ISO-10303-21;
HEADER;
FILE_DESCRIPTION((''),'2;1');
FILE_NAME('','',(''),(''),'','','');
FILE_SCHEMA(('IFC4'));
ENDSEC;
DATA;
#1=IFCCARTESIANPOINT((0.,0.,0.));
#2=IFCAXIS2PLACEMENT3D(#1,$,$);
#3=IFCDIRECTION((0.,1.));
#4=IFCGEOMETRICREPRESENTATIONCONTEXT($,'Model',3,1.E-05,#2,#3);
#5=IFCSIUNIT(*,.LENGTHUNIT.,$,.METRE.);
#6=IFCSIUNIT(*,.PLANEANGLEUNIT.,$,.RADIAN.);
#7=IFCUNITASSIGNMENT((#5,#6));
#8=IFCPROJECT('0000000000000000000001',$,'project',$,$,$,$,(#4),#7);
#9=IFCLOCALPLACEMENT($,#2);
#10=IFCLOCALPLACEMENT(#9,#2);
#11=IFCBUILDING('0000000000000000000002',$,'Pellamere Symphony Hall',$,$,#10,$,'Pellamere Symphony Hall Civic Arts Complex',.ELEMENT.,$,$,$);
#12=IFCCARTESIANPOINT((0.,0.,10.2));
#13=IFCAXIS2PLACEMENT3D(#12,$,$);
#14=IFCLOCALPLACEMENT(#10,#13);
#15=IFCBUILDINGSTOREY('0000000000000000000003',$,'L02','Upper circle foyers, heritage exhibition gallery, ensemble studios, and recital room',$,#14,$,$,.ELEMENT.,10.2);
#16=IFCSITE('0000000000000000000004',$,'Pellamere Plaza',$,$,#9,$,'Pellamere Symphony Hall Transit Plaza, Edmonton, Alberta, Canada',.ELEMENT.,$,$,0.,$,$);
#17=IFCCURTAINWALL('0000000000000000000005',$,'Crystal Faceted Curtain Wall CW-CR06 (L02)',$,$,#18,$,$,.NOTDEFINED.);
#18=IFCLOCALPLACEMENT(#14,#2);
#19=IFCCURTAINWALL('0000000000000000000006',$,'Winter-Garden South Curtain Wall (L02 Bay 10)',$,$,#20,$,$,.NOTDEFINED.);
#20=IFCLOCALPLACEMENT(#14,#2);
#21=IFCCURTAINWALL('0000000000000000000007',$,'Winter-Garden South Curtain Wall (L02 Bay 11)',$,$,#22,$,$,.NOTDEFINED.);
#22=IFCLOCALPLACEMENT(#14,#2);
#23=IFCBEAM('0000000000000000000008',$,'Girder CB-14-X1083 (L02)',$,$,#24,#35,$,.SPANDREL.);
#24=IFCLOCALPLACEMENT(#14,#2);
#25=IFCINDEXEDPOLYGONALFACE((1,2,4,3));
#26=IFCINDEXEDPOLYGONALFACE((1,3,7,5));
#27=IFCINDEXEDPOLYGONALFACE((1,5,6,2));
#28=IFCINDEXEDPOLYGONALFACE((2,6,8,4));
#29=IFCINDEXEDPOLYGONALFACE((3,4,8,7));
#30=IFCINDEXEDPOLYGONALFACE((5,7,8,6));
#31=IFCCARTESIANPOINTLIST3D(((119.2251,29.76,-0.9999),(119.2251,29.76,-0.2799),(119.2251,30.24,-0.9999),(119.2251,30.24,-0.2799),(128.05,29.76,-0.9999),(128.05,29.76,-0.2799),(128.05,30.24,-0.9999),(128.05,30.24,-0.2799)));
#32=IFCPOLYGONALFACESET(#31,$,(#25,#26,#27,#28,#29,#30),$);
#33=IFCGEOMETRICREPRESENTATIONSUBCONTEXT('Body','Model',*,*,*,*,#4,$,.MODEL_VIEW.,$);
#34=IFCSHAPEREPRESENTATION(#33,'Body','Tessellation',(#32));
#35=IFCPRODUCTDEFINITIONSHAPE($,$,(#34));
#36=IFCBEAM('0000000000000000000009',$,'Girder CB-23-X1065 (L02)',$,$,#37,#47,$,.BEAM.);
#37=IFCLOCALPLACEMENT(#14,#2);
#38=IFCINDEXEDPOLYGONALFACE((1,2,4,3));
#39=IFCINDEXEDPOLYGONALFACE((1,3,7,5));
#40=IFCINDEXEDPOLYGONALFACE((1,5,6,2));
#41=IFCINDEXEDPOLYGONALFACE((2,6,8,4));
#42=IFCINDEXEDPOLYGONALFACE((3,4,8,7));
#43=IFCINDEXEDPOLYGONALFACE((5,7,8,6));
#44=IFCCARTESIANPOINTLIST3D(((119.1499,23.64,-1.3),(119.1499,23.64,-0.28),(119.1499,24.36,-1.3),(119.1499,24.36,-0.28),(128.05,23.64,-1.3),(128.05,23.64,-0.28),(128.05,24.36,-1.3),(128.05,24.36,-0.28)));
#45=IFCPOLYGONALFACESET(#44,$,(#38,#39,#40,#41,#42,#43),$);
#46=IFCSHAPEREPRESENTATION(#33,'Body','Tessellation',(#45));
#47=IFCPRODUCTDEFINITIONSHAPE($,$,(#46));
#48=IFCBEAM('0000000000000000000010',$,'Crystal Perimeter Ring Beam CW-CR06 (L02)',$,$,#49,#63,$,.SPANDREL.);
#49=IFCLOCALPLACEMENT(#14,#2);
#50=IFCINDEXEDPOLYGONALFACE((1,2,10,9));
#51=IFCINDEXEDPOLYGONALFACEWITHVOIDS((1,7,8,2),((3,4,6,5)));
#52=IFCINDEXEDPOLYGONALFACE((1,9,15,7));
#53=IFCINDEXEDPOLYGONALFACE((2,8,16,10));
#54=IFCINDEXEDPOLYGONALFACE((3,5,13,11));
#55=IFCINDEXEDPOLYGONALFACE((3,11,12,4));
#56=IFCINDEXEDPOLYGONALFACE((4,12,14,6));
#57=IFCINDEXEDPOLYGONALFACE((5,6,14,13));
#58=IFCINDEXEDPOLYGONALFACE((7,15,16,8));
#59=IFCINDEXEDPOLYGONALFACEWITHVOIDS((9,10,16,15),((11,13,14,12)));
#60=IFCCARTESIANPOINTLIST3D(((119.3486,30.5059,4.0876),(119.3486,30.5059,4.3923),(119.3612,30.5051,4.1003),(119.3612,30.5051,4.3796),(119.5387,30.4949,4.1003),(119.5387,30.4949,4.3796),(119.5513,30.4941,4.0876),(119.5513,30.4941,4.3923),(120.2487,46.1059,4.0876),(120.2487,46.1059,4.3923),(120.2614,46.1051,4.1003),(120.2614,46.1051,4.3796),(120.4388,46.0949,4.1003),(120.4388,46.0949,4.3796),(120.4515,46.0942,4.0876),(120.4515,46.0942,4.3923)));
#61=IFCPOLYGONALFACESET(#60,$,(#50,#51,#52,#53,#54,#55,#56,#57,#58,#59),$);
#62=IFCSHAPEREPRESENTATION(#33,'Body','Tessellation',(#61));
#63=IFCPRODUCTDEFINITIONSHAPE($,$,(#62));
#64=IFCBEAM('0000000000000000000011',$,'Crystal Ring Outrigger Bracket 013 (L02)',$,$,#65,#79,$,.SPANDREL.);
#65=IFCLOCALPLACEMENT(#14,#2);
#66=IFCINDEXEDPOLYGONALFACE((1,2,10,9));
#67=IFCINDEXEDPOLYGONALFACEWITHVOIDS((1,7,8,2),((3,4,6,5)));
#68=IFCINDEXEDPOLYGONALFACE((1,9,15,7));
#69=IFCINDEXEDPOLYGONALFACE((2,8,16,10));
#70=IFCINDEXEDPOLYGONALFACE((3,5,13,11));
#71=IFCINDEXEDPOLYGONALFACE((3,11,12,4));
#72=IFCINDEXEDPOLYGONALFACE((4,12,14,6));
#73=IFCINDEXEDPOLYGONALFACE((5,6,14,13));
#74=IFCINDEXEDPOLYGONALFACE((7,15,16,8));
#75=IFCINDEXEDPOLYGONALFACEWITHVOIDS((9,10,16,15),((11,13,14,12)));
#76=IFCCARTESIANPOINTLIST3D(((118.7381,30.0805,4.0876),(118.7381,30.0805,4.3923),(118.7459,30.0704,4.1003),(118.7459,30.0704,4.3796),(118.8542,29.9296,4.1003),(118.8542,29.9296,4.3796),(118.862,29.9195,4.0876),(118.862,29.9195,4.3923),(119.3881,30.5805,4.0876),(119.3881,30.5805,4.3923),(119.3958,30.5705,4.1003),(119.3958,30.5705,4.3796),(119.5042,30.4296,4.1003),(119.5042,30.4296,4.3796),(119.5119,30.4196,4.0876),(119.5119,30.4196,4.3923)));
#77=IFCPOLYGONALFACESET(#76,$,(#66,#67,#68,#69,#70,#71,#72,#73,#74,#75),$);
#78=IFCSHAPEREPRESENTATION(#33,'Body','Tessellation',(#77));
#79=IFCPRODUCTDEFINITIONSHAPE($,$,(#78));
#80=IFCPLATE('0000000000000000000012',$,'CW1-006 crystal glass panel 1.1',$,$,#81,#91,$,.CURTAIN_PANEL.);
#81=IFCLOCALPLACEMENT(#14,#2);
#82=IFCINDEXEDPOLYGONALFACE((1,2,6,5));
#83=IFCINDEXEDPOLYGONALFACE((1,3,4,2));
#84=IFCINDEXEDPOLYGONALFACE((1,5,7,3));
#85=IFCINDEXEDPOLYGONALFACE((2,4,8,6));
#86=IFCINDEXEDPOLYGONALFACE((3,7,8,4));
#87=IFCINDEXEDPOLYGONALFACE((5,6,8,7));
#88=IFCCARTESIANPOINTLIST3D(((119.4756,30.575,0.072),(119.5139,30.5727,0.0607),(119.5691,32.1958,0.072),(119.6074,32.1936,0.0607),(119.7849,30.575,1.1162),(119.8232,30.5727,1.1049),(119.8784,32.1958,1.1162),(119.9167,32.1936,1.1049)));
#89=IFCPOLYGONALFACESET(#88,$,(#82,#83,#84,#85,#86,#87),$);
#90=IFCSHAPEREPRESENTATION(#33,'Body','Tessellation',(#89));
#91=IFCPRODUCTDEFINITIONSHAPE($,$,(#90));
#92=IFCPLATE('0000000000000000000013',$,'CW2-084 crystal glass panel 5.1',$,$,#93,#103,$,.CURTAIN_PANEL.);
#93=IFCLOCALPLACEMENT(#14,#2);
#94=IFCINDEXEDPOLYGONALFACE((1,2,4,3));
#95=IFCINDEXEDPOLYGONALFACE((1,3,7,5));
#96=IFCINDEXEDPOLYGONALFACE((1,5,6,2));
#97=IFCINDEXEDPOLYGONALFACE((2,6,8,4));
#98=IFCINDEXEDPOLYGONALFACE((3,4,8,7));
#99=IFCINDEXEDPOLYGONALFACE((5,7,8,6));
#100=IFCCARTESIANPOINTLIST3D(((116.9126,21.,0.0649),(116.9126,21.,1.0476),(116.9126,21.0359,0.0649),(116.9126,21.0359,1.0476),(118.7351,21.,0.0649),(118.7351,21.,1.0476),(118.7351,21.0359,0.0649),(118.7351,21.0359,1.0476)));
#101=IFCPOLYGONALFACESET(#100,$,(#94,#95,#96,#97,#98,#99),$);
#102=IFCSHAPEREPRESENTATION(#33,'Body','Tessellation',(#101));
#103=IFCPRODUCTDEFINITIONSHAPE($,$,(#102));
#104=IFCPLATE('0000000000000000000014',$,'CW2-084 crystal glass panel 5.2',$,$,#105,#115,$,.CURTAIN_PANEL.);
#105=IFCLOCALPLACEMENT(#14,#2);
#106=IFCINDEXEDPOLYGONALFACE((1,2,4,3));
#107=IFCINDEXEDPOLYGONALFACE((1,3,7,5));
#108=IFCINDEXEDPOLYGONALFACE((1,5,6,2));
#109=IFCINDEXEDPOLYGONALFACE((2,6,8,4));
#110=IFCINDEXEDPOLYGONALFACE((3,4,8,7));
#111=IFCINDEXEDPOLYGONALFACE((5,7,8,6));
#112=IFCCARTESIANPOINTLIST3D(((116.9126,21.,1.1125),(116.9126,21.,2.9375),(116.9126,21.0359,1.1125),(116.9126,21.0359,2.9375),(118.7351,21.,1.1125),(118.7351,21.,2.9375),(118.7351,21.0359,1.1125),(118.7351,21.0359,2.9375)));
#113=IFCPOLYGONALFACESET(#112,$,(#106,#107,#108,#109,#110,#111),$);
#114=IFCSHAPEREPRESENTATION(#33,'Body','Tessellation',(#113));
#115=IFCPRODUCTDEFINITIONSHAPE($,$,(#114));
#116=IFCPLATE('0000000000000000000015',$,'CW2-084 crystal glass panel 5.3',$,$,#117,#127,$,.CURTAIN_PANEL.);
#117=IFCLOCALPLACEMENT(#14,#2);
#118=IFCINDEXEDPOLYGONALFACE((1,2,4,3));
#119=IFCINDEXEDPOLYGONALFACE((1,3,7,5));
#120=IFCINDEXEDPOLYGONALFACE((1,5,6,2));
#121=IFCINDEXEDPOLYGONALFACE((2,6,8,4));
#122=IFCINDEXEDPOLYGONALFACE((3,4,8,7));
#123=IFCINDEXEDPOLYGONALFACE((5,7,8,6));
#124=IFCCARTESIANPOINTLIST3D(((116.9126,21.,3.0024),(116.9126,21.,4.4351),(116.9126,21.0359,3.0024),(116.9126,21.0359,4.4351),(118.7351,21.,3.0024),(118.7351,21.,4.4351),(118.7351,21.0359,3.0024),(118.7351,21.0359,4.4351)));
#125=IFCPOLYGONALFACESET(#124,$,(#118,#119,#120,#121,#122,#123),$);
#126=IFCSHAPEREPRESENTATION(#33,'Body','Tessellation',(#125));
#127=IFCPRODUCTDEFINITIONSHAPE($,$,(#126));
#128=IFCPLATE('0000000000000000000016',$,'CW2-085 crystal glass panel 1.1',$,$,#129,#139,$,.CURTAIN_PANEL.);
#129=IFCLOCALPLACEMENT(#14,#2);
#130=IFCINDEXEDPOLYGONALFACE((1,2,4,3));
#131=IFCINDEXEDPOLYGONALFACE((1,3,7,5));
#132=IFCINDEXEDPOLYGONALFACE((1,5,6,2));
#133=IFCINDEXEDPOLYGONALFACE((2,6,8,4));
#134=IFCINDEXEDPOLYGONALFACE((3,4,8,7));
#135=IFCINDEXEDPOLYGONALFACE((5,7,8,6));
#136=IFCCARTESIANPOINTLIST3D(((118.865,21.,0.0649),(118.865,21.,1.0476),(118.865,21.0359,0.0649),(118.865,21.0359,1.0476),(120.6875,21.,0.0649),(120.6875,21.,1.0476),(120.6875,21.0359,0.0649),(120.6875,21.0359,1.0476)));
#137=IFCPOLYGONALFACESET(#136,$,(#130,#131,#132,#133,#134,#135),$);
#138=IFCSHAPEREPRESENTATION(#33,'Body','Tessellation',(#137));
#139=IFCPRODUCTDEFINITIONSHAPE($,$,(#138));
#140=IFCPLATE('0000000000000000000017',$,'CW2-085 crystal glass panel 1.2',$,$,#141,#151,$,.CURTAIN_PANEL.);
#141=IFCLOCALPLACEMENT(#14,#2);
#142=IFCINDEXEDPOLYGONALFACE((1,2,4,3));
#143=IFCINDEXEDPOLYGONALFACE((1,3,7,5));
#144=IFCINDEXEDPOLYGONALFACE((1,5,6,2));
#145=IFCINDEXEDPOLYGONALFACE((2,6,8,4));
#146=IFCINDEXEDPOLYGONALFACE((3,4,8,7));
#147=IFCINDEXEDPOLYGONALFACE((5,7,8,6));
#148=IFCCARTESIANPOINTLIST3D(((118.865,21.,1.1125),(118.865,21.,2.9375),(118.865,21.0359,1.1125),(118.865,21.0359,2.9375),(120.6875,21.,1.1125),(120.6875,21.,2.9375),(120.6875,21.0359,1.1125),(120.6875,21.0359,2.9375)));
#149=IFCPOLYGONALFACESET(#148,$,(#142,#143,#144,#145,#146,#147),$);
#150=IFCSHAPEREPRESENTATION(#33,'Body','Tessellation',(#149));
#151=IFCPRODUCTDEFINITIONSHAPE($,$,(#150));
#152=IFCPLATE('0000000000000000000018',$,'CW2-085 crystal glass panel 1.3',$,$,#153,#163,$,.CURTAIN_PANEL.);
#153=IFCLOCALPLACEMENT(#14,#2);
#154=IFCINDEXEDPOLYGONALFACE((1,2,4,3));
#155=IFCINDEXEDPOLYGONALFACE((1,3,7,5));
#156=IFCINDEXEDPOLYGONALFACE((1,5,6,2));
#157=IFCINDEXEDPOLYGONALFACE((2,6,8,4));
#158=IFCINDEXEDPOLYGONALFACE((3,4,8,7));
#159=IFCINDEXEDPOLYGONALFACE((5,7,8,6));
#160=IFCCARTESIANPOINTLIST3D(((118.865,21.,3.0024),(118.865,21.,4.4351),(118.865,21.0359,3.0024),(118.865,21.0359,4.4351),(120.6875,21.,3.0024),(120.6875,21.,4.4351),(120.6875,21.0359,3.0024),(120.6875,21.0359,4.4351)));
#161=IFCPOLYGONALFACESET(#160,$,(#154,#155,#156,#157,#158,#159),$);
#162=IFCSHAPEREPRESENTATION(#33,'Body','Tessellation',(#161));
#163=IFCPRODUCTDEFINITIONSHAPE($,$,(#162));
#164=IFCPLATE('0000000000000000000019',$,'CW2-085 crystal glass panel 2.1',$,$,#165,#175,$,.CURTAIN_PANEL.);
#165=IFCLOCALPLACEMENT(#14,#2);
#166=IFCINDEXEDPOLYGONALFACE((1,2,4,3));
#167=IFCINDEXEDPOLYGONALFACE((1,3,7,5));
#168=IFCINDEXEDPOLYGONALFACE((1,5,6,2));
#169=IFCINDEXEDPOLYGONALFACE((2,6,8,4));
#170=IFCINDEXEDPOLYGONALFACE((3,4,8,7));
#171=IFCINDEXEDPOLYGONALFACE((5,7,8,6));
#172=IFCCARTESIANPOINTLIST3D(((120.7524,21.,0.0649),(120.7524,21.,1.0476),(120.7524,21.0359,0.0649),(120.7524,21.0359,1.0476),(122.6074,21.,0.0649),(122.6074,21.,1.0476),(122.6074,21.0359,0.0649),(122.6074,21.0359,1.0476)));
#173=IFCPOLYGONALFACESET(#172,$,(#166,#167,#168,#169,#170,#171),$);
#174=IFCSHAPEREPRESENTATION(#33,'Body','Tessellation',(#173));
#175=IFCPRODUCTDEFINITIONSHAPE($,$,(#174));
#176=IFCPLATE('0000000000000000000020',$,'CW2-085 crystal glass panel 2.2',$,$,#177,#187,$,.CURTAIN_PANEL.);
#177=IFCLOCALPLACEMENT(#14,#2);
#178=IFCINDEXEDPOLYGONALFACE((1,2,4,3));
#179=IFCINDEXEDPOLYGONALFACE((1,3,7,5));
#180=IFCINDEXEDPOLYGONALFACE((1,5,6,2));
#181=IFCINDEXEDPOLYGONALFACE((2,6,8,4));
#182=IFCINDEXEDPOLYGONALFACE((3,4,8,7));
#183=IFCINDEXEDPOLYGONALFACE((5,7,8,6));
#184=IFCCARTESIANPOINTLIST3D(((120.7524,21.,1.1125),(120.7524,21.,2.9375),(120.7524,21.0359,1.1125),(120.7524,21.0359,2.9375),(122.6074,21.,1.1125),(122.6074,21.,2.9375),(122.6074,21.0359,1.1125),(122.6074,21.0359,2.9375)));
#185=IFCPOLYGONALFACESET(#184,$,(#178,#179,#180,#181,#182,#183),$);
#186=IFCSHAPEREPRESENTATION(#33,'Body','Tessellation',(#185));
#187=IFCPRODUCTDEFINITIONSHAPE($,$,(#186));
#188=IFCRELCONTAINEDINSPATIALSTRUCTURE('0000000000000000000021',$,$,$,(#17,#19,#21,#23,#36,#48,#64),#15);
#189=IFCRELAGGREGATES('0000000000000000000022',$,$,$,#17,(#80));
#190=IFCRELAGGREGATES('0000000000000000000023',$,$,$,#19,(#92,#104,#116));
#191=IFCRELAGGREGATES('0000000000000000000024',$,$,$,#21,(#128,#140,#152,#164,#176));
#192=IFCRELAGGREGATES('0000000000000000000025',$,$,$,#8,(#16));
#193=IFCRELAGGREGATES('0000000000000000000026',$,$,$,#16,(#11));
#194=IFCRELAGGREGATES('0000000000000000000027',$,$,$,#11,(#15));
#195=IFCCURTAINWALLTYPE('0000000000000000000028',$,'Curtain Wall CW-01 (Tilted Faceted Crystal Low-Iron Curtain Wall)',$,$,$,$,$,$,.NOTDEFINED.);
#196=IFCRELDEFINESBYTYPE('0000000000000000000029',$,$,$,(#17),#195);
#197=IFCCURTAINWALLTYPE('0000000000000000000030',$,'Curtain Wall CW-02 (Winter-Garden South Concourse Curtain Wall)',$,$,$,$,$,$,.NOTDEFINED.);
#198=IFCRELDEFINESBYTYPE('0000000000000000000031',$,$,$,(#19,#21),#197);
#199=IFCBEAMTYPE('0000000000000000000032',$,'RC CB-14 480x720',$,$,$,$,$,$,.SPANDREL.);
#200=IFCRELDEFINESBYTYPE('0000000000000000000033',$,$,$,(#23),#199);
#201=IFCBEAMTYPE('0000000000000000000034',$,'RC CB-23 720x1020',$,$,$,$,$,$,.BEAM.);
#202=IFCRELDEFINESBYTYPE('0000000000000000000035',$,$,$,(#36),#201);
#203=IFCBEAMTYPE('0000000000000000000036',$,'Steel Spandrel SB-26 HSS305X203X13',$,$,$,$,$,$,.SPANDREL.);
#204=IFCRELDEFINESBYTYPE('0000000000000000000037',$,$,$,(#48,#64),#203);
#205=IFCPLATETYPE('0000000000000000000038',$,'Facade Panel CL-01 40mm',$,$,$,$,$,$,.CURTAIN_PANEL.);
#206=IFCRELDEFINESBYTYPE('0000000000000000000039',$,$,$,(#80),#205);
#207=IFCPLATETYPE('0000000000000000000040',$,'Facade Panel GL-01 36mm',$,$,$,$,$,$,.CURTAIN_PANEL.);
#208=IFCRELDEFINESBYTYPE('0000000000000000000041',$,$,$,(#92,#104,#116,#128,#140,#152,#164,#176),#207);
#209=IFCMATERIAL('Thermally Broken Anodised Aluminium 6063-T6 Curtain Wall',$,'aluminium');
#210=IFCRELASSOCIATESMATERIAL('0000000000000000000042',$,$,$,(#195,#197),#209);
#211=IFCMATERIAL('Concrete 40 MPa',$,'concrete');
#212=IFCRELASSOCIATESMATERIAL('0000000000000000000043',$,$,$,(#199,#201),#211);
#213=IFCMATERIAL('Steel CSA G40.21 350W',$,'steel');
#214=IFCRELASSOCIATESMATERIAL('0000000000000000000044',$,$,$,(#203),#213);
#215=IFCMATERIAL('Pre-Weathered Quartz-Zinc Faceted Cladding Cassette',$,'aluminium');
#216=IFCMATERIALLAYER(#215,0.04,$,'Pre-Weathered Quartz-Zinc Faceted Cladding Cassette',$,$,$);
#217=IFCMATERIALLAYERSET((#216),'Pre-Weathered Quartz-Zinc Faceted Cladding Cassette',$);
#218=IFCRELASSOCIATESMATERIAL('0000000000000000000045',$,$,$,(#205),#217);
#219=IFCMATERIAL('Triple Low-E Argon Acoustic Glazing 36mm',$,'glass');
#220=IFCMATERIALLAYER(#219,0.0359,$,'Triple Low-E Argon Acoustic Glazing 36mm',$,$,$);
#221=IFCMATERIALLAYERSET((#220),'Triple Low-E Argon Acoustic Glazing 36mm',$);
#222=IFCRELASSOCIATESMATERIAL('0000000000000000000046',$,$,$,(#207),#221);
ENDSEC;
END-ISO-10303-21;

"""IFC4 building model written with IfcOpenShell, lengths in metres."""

from ifc_helpers import new_model, si_unit, direction, frame, origin, origin_2d, place, context, subcontext, project, spatial, polyline, rectangle, hollow_rectangle, outline, extrude, material, layer, layer_set, material_profile, profile_set, type_object, element, aggregate, save


model = new_model("IFC4")

# Units and contexts
model_context = context("Model", 3, precision=1e-05, world=origin(), true_north=direction((0.0, 1.0)))
body_context = subcontext(model_context, "Body", "Model", "MODEL_VIEW")
ifc_project = project(units=[si_unit("LENGTHUNIT", "METRE"), si_unit("PLANEANGLEUNIT", "RADIAN")], contexts=[model_context])

# Site, building, storey
site_placement = place(None, origin())
site = spatial("IfcSite", under=ifc_project, at=site_placement, Name="Pellamere Plaza", LongName="Pellamere Symphony Hall Transit Plaza, Edmonton, Alberta, Canada", CompositionType="ELEMENT", RefElevation=0.0)
building_placement = place(site_placement, origin())
building = spatial("IfcBuilding", under=site, at=building_placement, Name="Pellamere Symphony Hall", LongName="Pellamere Symphony Hall Civic Arts Complex", CompositionType="ELEMENT")
storey_placement = place(building_placement, frame((0.0, 0.0, 10.2)))
storey = spatial("IfcBuildingStorey", under=building, at=storey_placement, Name="L02", Description="Upper circle foyers, heritage exhibition gallery, ensemble studios, and recital room", CompositionType="ELEMENT", Elevation=10.2)

# Shared definitions
ifc_material_1 = material(Name="Concrete 40 MPa", Category="concrete")

# Curtain walls
ifc_material_2 = material(Name="Thermally Broken Anodised Aluminium 6063-T6 Curtain Wall", Category="aluminium")
curtain_wall_type_1 = type_object("IfcCurtainWallType", Name="Curtain Wall CW-01 (Tilted Faceted Crystal Low-Iron Curtain Wall)", PredefinedType="NOTDEFINED", material=ifc_material_2)
curtain_wall_1_placement = place(storey_placement, origin())
curtain_wall_1 = element("IfcCurtainWall", 1, at=curtain_wall_1_placement, inside=storey, type_object=curtain_wall_type_1, Name="Crystal Faceted Curtain Wall CW-CR06 (L02)", PredefinedType="NOTDEFINED")
curtain_wall_type_2 = type_object("IfcCurtainWallType", Name="Curtain Wall CW-02 (Winter-Garden South Concourse Curtain Wall)", PredefinedType="NOTDEFINED", material=ifc_material_2)
curtain_wall_2_placement = place(storey_placement, origin())
curtain_wall_2 = element("IfcCurtainWall", 2, at=curtain_wall_2_placement, inside=storey, type_object=curtain_wall_type_2, Name="Winter-Garden South Curtain Wall (L02 Bay 10)", PredefinedType="NOTDEFINED")

# Curtain wall
curtain_wall_3_placement = place(storey_placement, origin())
curtain_wall_3 = element("IfcCurtainWall", 3, at=curtain_wall_3_placement, inside=storey, type_object=curtain_wall_type_2, Name="Winter-Garden South Curtain Wall (L02 Bay 11)", PredefinedType="NOTDEFINED")

# Beams
ifc_material_profile_1 = material_profile(ifc_material_1, rectangle(XDim=0.48, YDim=0.72, at=origin_2d()), Name="RC 480x720")
ifc_profile_set_1 = profile_set([ifc_material_profile_1], Name="Concrete 40 MPa")
beam_type_1 = type_object("IfcBeamType", Name="RC CB-14 480x720", PredefinedType="SPANDREL", material=ifc_profile_set_1)
beam_1_placement = place(storey_placement, frame((119.2251, 30.0, -0.6399), z_axis=(1.0, 0.0, 0.0), x_axis=(0.0, 1.0, 0.0)))
element("IfcBeam", 4, at=beam_1_placement, inside=storey, type_object=beam_type_1, Name="Girder CB-14-X1083 (L02)", PredefinedType="SPANDREL", context=body_context, shape_type="SweptSolid", body=[
    extrude(rectangle(XDim=0.48, YDim=0.72, at=origin_2d()), origin(), (0.0, 0.0, 1.0), 8.825),
])
ifc_material_profile_2 = material_profile(ifc_material_1, rectangle(XDim=0.72, YDim=1.02, at=origin_2d()), Name="RC 720x1020")
ifc_profile_set_2 = profile_set([ifc_material_profile_2], Name="Concrete 40 MPa")
beam_type_2 = type_object("IfcBeamType", Name="RC CB-23 720x1020", PredefinedType="BEAM", material=ifc_profile_set_2)
beam_2_placement = place(storey_placement, frame((119.1499, 24.0, -0.79), z_axis=(1.0, 0.0, 0.0), x_axis=(0.0, 1.0, 0.0)))
element("IfcBeam", 5, at=beam_2_placement, inside=storey, type_object=beam_type_2, Name="Girder CB-23-X1065 (L02)", PredefinedType="BEAM", context=body_context, shape_type="SweptSolid", body=[
    extrude(rectangle(XDim=0.72, YDim=1.02, at=origin_2d()), origin(), (0.0, 0.0, 1.0), 8.9001),
])
ifc_material_3 = material(Name="Steel CSA G40.21 350W", Category="steel")
ifc_material_profile_3 = material_profile(ifc_material_3, hollow_rectangle(XDim=0.2031, YDim=0.3047, WallThickness=0.0127, at=origin_2d()), Name="HSS305X203X13")
ifc_profile_set_3 = profile_set([ifc_material_profile_3], Name="Steel CSA G40.21 350W")
beam_type_3 = type_object("IfcBeamType", Name="Steel Spandrel SB-26 HSS305X203X13", PredefinedType="SPANDREL", material=ifc_profile_set_3)
beam_3_placement = place(storey_placement, frame((119.45, 30.5, 4.24), z_axis=(0.057606, 0.998339, 0.0), x_axis=(-0.998339, 0.057606, 0.0)))
element("IfcBeam", 6, at=beam_3_placement, inside=storey, type_object=beam_type_3, Name="Crystal Perimeter Ring Beam CW-CR06 (L02)", PredefinedType="SPANDREL", context=body_context, shape_type="SweptSolid", body=[
    extrude(hollow_rectangle(XDim=0.2031, YDim=0.3047, WallThickness=0.0127, at=origin_2d()), origin(), (0.0, 0.0, 1.0), 15.626),
])
beam_4_placement = place(storey_placement, frame((118.8, 30.0, 4.24), z_axis=(0.79258, 0.609768, 0.0), x_axis=(-0.609768, 0.79258, 0.0)))
element("IfcBeam", 7, at=beam_4_placement, inside=storey, type_object=beam_type_3, Name="Crystal Ring Outrigger Bracket 013 (L02)", PredefinedType="SPANDREL", context=body_context, shape_type="SweptSolid", body=[
    extrude(hollow_rectangle(XDim=0.2031, YDim=0.3047, WallThickness=0.0127, at=origin_2d()), origin(), (0.0, 0.0, 1.0), 0.8201),
])

# Plates
ifc_material_4 = material(Name="Pre-Weathered Quartz-Zinc Faceted Cladding Cassette", Category="aluminium")
ifc_layer_1 = layer(ifc_material_4, 0.04, Name="Pre-Weathered Quartz-Zinc Faceted Cladding Cassette")
ifc_layer_set_1 = layer_set([ifc_layer_1], Name="Pre-Weathered Quartz-Zinc Faceted Cladding Cassette")
plate_type_1 = type_object("IfcPlateType", Name="Facade Panel CL-01 40mm", PredefinedType="CURTAIN_PANEL", material=ifc_layer_set_1)
plate_1_placement = place(storey_placement, frame((119.4756, 30.575, 0.072), z_axis=(-0.957351, 0.055229, 0.283601), x_axis=(0.057594, 0.99834, 0.0)))
plate_1 = element("IfcPlate", 8, at=plate_1_placement, type_object=plate_type_1, Name="CW1-006 crystal glass panel 1.1", PredefinedType="CURTAIN_PANEL", context=body_context, shape_type="SweptSolid", body=[
    extrude(outline(polyline([(0.0, 0.0), (1.6235, 0.0), (1.6414, -1.0889), (0.0178, -1.0889), (0.0, 0.0)])), origin(), (0.0, 0.0, -1.0), 0.04),
])
aggregate(curtain_wall_1, [plate_1])
ifc_material_5 = material(Name="Triple Low-E Argon Acoustic Glazing 36mm", Category="glass")
ifc_layer_2 = layer(ifc_material_5, 0.0359, Name="Triple Low-E Argon Acoustic Glazing 36mm")
ifc_layer_set_2 = layer_set([ifc_layer_2], Name="Triple Low-E Argon Acoustic Glazing 36mm")
plate_type_2 = type_object("IfcPlateType", Name="Facade Panel GL-01 36mm", PredefinedType="CURTAIN_PANEL", material=ifc_layer_set_2)
plate_2_placement = place(storey_placement, frame((116.9126, 21.0, 0.0649), z_axis=(0.0, -1.0, 0.0), x_axis=(1.0, 0.0, 0.0)))
plate_2 = element("IfcPlate", 9, at=plate_2_placement, type_object=plate_type_2, Name="CW2-084 crystal glass panel 5.1", PredefinedType="CURTAIN_PANEL", context=body_context, shape_type="SweptSolid", body=[
    extrude(outline(polyline([(0.0, 0.0), (1.8225, 0.0), (1.8225, 0.9827), (0.0, 0.9827), (0.0, 0.0)])), origin(), (0.0, 0.0, -1.0), 0.0359),
])
plate_3_placement = place(storey_placement, frame((116.9126, 21.0, 1.1125), z_axis=(0.0, -1.0, 0.0), x_axis=(1.0, 0.0, 0.0)))
plate_3 = element("IfcPlate", 10, at=plate_3_placement, type_object=plate_type_2, Name="CW2-084 crystal glass panel 5.2", PredefinedType="CURTAIN_PANEL", context=body_context, shape_type="SweptSolid", body=[
    extrude(outline(polyline([(0.0, 0.0), (1.8225, 0.0), (1.8225, 1.825), (0.0, 1.825), (0.0, 0.0)])), origin(), (0.0, 0.0, -1.0), 0.0359),
])
plate_4_placement = place(storey_placement, frame((116.9126, 21.0, 3.0024), z_axis=(0.0, -1.0, 0.0), x_axis=(1.0, 0.0, 0.0)))
plate_4 = element("IfcPlate", 11, at=plate_4_placement, type_object=plate_type_2, Name="CW2-084 crystal glass panel 5.3", PredefinedType="CURTAIN_PANEL", context=body_context, shape_type="SweptSolid", body=[
    extrude(outline(polyline([(0.0, 0.0), (1.8225, 0.0), (1.8225, 1.4326), (0.0, 1.4326), (0.0, 0.0)])), origin(), (0.0, 0.0, -1.0), 0.0359),
])
aggregate(curtain_wall_2, [plate_2, plate_3, plate_4])
plate_5_placement = place(storey_placement, frame((118.865, 21.0, 0.0649), z_axis=(0.0, -1.0, 0.0), x_axis=(1.0, 0.0, 0.0)))
plate_5 = element("IfcPlate", 12, at=plate_5_placement, type_object=plate_type_2, Name="CW2-085 crystal glass panel 1.1", PredefinedType="CURTAIN_PANEL", context=body_context, shape_type="SweptSolid", body=[
    extrude(outline(polyline([(0.0, 0.0), (1.8225, 0.0), (1.8225, 0.9827), (0.0, 0.9827), (0.0, 0.0)])), origin(), (0.0, 0.0, -1.0), 0.0359),
])
plate_6_placement = place(storey_placement, frame((118.865, 21.0, 1.1125), z_axis=(0.0, -1.0, 0.0), x_axis=(1.0, 0.0, 0.0)))
plate_6 = element("IfcPlate", 13, at=plate_6_placement, type_object=plate_type_2, Name="CW2-085 crystal glass panel 1.2", PredefinedType="CURTAIN_PANEL", context=body_context, shape_type="SweptSolid", body=[
    extrude(outline(polyline([(0.0, 0.0), (1.8225, 0.0), (1.8225, 1.825), (0.0, 1.825), (0.0, 0.0)])), origin(), (0.0, 0.0, -1.0), 0.0359),
])
plate_7_placement = place(storey_placement, frame((118.865, 21.0, 3.0024), z_axis=(0.0, -1.0, 0.0), x_axis=(1.0, 0.0, 0.0)))
plate_7 = element("IfcPlate", 14, at=plate_7_placement, type_object=plate_type_2, Name="CW2-085 crystal glass panel 1.3", PredefinedType="CURTAIN_PANEL", context=body_context, shape_type="SweptSolid", body=[
    extrude(outline(polyline([(0.0, 0.0), (1.8225, 0.0), (1.8225, 1.4326), (0.0, 1.4326), (0.0, 0.0)])), origin(), (0.0, 0.0, -1.0), 0.0359),
])
plate_8_placement = place(storey_placement, frame((120.7524, 21.0, 0.0649), z_axis=(0.0, -1.0, 0.0), x_axis=(1.0, 0.0, 0.0)))
plate_8 = element("IfcPlate", 15, at=plate_8_placement, type_object=plate_type_2, Name="CW2-085 crystal glass panel 2.1", PredefinedType="CURTAIN_PANEL", context=body_context, shape_type="SweptSolid", body=[
    extrude(outline(polyline([(0.0, 0.0), (1.855, 0.0), (1.855, 0.9827), (0.0, 0.9827), (0.0, 0.0)])), origin(), (0.0, 0.0, -1.0), 0.0359),
])
plate_9_placement = place(storey_placement, frame((120.7524, 21.0, 1.1125), z_axis=(0.0, -1.0, 0.0), x_axis=(1.0, 0.0, 0.0)))
plate_9 = element("IfcPlate", 16, at=plate_9_placement, type_object=plate_type_2, Name="CW2-085 crystal glass panel 2.2", PredefinedType="CURTAIN_PANEL", context=body_context, shape_type="SweptSolid", body=[
    extrude(outline(polyline([(0.0, 0.0), (1.855, 0.0), (1.855, 1.825), (0.0, 1.825), (0.0, 0.0)])), origin(), (0.0, 0.0, -1.0), 0.0359),
])
aggregate(curtain_wall_3, [plate_5, plate_6, plate_7, plate_8, plate_9])

save(model, "model.ifc")
